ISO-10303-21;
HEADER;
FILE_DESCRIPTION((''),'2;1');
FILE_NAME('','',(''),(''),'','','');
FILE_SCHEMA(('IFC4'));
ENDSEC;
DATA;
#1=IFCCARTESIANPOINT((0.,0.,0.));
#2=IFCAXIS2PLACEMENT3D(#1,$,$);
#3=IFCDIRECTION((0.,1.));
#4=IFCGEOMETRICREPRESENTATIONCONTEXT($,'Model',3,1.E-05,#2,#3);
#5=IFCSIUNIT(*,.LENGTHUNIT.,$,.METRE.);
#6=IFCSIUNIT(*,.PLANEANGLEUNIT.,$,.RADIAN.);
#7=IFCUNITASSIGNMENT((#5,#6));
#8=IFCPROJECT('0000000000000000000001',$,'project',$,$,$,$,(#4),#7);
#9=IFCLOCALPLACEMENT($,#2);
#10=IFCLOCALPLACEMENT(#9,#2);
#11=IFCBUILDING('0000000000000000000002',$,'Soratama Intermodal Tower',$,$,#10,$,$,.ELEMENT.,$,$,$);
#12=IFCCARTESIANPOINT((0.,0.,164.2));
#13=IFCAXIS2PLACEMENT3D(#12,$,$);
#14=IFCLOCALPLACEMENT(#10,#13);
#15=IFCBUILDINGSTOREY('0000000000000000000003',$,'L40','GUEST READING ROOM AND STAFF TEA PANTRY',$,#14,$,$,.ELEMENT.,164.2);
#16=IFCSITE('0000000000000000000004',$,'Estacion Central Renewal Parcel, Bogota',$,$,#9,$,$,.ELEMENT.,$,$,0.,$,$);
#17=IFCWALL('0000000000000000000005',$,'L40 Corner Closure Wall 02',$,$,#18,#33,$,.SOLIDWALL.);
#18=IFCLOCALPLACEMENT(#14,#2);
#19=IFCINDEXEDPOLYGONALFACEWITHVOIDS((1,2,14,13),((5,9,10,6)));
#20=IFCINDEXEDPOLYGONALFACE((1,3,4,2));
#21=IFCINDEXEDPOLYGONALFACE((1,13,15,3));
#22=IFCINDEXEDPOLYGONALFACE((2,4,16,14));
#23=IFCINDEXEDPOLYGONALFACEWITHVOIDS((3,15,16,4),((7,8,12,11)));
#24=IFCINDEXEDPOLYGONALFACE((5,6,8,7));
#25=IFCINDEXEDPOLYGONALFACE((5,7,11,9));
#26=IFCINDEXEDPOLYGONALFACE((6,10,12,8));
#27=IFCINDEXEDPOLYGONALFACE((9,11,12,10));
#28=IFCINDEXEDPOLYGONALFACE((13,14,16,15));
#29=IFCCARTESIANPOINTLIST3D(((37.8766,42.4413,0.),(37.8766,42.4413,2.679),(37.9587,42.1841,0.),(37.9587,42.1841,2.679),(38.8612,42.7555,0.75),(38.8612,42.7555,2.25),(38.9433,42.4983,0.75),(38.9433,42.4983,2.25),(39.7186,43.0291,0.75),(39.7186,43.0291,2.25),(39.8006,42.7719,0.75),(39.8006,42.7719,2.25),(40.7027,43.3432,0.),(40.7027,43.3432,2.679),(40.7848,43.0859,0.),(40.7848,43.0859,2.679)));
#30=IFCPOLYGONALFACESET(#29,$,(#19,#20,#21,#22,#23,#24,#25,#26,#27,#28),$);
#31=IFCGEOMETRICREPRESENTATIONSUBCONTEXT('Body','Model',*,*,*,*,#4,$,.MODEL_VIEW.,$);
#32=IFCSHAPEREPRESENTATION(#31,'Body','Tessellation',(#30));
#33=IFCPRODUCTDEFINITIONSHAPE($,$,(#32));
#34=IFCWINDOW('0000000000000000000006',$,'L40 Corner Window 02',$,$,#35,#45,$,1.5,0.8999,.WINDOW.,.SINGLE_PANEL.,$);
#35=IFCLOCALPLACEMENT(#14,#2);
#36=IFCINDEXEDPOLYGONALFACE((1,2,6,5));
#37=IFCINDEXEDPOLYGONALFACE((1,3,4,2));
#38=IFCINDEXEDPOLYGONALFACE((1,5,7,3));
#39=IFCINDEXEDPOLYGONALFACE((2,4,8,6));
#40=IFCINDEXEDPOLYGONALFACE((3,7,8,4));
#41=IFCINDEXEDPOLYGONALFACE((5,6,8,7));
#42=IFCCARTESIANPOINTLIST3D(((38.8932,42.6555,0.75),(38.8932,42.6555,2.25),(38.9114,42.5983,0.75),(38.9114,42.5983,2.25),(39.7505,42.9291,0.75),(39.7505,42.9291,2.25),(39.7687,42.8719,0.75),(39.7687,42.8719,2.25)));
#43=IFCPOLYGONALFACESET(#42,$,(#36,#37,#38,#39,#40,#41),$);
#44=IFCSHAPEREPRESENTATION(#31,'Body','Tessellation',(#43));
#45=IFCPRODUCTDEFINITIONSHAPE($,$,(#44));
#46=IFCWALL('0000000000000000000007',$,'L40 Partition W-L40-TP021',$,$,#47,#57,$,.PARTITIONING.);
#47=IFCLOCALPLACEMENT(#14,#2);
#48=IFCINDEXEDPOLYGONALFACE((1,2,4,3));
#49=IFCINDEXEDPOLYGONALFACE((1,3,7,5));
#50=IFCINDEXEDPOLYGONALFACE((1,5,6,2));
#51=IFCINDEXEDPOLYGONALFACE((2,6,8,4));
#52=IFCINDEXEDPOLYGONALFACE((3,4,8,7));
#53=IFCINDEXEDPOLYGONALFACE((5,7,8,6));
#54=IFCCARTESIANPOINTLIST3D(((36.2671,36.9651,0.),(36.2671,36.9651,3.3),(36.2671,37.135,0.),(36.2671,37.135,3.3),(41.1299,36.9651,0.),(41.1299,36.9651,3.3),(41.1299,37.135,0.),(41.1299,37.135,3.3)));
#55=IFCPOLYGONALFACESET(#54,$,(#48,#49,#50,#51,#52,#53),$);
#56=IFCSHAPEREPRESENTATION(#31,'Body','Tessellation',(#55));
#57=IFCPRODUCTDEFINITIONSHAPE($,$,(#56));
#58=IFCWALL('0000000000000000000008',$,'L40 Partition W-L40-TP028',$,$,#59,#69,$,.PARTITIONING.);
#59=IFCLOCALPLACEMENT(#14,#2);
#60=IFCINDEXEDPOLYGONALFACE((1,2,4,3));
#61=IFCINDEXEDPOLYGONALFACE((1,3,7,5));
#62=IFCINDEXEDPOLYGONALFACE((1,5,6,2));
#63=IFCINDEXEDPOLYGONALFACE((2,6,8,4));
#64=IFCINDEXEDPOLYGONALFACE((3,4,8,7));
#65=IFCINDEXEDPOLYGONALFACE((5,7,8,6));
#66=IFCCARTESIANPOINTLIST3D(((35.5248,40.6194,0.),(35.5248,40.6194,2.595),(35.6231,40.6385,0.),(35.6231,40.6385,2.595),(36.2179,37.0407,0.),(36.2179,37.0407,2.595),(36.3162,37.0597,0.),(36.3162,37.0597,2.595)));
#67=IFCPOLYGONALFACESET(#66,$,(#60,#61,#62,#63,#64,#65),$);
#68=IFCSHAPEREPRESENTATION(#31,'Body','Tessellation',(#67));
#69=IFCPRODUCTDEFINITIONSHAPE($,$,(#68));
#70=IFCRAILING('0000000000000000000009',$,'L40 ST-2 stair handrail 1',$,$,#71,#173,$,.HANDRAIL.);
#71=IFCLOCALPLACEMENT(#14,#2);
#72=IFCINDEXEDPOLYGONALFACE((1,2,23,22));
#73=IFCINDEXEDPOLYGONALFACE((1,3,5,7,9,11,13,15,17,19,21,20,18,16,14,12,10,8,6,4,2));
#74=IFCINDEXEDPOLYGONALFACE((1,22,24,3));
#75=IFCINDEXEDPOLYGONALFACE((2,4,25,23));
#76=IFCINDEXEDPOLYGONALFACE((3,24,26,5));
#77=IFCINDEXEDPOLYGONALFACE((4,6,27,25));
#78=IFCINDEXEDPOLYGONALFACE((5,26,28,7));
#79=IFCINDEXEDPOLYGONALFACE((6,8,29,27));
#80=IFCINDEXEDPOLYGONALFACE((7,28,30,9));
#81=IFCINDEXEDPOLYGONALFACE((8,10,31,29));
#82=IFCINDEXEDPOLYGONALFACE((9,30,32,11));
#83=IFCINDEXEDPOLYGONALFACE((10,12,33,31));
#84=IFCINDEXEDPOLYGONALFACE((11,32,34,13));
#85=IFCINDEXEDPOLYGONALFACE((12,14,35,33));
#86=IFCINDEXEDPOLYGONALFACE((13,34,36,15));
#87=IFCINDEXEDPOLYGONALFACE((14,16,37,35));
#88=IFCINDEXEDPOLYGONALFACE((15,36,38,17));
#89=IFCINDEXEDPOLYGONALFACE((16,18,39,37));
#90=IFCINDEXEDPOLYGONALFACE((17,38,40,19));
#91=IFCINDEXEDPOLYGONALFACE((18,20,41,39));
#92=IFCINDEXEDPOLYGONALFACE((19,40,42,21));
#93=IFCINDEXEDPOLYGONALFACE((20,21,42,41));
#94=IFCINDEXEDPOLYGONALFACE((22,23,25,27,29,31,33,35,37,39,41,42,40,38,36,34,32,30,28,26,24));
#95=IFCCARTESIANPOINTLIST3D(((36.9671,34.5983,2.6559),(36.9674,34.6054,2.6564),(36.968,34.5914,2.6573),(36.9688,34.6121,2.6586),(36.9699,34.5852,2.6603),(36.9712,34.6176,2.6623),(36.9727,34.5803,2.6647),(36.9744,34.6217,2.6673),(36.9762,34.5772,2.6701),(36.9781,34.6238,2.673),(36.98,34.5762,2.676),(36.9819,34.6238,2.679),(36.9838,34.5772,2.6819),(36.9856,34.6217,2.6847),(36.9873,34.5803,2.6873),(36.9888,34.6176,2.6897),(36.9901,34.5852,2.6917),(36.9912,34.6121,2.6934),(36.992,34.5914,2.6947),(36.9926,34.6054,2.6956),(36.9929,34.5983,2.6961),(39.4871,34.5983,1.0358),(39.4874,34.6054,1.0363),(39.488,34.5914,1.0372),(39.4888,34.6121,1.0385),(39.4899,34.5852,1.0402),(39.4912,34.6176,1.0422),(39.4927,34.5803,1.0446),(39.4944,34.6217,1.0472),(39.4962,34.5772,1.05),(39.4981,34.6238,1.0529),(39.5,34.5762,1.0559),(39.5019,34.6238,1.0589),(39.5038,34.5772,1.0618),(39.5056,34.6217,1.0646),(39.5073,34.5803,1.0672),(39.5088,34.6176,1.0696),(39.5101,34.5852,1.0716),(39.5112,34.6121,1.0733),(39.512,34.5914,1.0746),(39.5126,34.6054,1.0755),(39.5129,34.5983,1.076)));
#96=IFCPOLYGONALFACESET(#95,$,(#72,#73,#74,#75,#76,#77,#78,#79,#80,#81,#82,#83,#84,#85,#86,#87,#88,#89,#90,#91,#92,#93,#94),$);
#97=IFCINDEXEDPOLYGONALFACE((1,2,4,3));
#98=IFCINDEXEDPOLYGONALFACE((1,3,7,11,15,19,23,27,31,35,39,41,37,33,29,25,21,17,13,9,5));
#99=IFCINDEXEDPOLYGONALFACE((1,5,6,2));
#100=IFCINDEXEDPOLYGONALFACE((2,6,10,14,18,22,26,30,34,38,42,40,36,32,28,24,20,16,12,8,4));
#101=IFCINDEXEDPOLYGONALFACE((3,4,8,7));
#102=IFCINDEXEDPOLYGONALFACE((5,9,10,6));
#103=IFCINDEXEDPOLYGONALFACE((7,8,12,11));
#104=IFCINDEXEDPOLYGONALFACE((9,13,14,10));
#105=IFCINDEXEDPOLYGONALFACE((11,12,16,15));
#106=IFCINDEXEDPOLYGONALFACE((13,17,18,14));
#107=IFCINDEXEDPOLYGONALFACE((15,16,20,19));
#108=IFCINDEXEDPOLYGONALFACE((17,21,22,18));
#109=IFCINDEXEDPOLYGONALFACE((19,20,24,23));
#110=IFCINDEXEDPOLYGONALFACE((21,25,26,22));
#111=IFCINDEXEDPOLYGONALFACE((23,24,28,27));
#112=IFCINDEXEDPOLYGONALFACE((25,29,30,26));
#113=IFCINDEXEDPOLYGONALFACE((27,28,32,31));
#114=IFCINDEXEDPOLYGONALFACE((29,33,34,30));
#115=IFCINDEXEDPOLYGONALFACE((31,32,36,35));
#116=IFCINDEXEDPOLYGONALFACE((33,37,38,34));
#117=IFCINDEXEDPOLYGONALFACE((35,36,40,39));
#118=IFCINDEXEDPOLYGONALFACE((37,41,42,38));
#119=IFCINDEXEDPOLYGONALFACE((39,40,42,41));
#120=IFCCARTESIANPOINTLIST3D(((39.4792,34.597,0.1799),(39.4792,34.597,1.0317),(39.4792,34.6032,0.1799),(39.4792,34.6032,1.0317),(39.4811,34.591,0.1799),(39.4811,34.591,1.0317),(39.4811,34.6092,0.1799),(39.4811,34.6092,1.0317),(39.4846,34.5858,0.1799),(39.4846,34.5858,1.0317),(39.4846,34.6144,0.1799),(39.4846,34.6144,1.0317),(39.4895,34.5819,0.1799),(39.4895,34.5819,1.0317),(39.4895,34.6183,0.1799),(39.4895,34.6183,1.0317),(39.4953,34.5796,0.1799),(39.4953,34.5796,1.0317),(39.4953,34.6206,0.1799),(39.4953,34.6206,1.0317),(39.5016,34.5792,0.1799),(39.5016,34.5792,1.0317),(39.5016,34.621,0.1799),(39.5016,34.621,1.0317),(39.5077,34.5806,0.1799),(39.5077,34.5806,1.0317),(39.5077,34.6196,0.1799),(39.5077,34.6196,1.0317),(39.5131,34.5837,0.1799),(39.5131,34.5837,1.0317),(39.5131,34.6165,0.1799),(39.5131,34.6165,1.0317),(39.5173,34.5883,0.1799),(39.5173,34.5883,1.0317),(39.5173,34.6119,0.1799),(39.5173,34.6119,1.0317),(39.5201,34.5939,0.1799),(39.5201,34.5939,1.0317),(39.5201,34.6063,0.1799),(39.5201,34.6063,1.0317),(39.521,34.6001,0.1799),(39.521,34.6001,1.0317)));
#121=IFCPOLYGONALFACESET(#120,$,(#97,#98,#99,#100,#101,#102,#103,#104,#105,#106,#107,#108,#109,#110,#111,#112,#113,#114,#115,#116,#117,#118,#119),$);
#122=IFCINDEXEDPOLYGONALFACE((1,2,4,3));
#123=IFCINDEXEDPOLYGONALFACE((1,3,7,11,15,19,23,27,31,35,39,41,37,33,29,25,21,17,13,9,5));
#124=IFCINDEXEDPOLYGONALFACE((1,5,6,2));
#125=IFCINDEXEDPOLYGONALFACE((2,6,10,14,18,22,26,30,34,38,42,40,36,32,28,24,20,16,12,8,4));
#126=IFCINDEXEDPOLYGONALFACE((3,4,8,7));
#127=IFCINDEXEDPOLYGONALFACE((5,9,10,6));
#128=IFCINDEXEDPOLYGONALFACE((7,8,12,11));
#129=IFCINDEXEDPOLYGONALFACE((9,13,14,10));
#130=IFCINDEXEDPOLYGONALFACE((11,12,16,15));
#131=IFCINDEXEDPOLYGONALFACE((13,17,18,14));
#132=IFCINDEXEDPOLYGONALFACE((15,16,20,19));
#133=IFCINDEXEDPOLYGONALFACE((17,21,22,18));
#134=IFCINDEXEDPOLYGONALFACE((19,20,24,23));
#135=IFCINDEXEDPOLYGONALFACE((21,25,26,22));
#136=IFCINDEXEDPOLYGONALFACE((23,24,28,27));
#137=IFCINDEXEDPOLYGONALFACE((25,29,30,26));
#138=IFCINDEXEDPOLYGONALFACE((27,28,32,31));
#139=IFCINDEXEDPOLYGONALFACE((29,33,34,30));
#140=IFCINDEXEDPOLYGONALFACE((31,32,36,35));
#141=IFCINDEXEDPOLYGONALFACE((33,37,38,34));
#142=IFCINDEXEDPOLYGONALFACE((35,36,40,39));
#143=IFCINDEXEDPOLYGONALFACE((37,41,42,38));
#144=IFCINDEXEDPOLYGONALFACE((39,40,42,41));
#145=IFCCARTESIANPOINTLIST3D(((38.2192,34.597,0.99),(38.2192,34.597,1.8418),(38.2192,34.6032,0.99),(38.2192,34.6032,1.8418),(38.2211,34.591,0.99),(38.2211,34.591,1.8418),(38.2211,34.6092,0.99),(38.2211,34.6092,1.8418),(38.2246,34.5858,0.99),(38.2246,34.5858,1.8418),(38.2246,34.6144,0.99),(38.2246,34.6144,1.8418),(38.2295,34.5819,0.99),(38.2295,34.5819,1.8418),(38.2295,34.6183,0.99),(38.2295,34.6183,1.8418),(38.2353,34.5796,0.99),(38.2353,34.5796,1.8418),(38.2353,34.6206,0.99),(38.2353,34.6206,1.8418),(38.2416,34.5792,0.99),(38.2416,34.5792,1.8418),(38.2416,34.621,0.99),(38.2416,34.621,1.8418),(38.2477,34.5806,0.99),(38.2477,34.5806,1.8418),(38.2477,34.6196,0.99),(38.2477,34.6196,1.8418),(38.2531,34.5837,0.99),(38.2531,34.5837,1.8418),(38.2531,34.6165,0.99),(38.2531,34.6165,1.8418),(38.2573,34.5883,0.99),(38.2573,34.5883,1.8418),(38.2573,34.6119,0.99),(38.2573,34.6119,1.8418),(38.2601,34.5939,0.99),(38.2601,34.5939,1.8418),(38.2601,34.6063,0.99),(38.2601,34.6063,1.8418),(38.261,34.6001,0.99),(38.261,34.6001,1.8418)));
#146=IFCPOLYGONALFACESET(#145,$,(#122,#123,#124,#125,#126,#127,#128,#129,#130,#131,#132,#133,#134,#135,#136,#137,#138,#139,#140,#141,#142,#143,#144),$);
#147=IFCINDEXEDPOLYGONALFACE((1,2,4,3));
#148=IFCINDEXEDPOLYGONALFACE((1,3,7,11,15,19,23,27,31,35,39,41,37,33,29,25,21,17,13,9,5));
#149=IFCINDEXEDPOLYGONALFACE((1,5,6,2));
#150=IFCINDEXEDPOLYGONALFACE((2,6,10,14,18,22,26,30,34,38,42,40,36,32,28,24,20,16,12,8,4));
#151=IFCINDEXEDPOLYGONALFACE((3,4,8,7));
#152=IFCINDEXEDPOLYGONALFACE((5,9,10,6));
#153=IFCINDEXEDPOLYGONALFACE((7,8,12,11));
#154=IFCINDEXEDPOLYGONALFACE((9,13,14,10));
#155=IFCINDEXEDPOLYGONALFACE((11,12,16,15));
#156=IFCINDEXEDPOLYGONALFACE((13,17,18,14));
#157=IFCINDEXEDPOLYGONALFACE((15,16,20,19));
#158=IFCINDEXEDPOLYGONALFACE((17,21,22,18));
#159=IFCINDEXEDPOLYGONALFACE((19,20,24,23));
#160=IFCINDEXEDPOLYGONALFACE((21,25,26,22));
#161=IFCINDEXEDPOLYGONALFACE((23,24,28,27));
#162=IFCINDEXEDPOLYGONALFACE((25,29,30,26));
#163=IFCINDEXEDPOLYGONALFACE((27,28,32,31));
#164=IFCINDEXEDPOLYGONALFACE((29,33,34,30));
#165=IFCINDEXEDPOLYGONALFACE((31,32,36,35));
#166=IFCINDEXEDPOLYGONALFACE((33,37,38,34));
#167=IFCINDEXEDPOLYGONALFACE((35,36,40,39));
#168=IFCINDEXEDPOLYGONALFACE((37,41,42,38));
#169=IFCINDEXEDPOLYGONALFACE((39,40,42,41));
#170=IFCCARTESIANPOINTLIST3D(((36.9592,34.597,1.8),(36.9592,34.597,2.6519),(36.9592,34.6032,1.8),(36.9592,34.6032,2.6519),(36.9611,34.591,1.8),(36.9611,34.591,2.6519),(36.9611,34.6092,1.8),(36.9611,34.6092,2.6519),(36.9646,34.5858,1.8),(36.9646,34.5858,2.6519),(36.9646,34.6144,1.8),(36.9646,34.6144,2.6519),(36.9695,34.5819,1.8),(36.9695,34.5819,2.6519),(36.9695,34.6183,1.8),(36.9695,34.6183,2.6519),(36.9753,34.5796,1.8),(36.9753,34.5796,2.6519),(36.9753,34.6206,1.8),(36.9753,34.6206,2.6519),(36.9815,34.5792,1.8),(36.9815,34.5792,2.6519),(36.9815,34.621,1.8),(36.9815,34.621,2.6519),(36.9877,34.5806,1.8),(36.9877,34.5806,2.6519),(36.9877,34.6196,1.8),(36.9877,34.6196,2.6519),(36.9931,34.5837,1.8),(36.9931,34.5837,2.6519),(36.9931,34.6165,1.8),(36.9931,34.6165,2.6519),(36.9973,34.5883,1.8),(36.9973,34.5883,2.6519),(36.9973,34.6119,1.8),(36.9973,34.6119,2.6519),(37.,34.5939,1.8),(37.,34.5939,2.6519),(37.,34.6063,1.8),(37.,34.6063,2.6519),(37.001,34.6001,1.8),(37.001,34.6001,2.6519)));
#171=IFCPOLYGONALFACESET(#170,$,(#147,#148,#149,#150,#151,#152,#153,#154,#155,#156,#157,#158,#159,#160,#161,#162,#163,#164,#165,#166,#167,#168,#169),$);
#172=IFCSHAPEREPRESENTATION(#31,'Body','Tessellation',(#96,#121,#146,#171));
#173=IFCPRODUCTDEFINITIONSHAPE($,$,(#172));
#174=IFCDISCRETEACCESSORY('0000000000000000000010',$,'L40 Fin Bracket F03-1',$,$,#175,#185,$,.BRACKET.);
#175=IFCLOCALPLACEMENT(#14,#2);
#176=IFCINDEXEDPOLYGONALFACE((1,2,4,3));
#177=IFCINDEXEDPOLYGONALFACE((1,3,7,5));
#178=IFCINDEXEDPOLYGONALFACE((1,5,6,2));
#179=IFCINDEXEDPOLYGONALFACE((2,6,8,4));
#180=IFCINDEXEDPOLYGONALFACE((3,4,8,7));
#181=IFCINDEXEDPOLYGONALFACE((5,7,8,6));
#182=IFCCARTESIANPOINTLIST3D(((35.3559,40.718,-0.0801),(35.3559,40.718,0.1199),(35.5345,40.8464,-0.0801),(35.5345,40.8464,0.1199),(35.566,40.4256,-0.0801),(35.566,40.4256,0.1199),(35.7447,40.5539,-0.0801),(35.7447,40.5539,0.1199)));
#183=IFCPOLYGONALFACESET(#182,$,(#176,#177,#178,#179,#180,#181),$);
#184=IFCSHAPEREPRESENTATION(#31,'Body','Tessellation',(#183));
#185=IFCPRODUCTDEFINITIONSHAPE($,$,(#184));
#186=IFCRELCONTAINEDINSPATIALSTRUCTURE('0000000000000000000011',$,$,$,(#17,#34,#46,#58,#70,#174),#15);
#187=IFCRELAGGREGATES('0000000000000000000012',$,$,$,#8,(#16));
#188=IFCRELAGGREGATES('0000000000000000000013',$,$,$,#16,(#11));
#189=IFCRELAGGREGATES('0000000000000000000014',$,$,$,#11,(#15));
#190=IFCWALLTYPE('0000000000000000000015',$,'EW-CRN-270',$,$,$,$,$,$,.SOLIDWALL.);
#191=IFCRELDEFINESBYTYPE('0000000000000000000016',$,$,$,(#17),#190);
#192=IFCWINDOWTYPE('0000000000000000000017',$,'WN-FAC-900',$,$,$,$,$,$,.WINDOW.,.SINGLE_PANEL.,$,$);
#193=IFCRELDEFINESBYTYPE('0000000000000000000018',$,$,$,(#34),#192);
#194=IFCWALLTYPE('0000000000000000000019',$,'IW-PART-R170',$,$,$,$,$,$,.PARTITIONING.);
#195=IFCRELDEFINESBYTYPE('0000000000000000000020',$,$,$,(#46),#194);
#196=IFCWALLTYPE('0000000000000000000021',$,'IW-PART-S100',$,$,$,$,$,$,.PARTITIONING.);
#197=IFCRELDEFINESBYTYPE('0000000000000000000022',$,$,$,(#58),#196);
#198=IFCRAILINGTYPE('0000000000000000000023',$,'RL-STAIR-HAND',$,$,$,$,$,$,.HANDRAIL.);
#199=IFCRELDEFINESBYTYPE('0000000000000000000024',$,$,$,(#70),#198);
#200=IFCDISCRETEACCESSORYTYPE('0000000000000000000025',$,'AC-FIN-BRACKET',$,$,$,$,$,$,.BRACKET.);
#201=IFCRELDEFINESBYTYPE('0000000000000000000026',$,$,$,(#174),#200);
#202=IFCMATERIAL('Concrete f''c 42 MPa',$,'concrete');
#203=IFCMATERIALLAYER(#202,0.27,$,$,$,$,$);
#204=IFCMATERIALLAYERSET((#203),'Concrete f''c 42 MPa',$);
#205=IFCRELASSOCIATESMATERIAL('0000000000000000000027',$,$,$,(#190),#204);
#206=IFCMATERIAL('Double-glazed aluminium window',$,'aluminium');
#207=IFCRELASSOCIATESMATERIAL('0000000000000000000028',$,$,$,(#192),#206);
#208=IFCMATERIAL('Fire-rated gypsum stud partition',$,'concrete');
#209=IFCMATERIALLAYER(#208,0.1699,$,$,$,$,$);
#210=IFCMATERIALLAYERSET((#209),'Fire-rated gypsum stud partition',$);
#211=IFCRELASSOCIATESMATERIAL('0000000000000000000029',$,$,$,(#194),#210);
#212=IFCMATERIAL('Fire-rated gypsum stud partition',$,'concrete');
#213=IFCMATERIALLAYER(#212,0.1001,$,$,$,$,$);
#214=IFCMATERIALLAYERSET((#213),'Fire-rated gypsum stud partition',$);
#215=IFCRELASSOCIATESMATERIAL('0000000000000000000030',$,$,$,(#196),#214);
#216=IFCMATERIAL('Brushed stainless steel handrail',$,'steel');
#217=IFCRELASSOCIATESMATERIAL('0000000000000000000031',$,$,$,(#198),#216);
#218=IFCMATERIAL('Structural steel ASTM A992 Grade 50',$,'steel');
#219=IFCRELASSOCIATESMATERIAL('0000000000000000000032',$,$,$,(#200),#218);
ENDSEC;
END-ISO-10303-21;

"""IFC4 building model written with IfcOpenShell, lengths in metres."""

from ifc_helpers import new_model, si_unit, direction, frame, frame_2d, origin, origin_2d, place, context, subcontext, project, spatial, rectangle, circle, extrude, material, layer, layer_set, type_object, element, fill, save


model = new_model("IFC4")

# Units and contexts
model_context = context("Model", 3, precision=1e-05, world=origin(), true_north=direction((0.0, 1.0)))
body_context = subcontext(model_context, "Body", "Model", "MODEL_VIEW")
ifc_project = project(units=[si_unit("LENGTHUNIT", "METRE"), si_unit("PLANEANGLEUNIT", "RADIAN")], contexts=[model_context])

# Site, building, storey
site_placement = place(None, origin())
site = spatial("IfcSite", under=ifc_project, at=site_placement, Name="Estacion Central Renewal Parcel, Bogota", CompositionType="ELEMENT", RefElevation=0.0)
building_placement = place(site_placement, origin())
building = spatial("IfcBuilding", under=site, at=building_placement, Name="Soratama Intermodal Tower", CompositionType="ELEMENT")
storey_placement = place(building_placement, frame((0.0, 0.0, 164.2)))
storey = spatial("IfcBuildingStorey", under=building, at=storey_placement, Name="L40", Description="GUEST READING ROOM AND STAFF TEA PANTRY", CompositionType="ELEMENT", Elevation=164.2)

# Wall, opening, window
ifc_material_1 = material(Name="Concrete f'c 42 MPa", Category="concrete")
ifc_layer_1 = layer(ifc_material_1, 0.27)
ifc_layer_set_1 = layer_set([ifc_layer_1], Name="Concrete f'c 42 MPa")
wall_type_1 = type_object("IfcWallType", Name="EW-CRN-270", PredefinedType="SOLIDWALL", material=ifc_layer_set_1)
wall_1_placement = place(storey_placement, frame((40.7439, 43.2146, 0.0), z_axis=(0.0, 0.0, 1.0), x_axis=(-0.95267, -0.304005, 0.0)))
wall_1 = element("IfcWall", 1, at=wall_1_placement, inside=storey, type_object=wall_type_1, Name="L40 Corner Closure Wall 02", PredefinedType="SOLIDWALL", context=body_context, shape_type="SweptSolid", body=[
    extrude(rectangle(XDim=2.9666, YDim=0.27, at=frame_2d((1.4834, 0.0))), origin(), (0.0, 0.0, 1.0), 2.679),
])
opening_placement = place(wall_1_placement, frame((1.0332, 0.0, 0.75)))
opening = element("IfcOpeningElement", 2, at=opening_placement, cuts=wall_1, PredefinedType="OPENING", context=body_context, shape_type="SweptSolid", body=[
    extrude(rectangle(XDim=0.8999, YDim=1.5, at=frame_2d((0.45, 0.75))), frame((0.0, 0.145, 0.0), z_axis=(0.0, -1.0, 0.0), x_axis=(1.0, 0.0, 0.0)), (0.0, 0.0, 1.0), 0.29),
])
ifc_material_2 = material(Name="Double-glazed aluminium window", Category="aluminium")
window_type = type_object("IfcWindowType", Name="WN-FAC-900", PartitioningType="SINGLE_PANEL", PredefinedType="WINDOW", material=ifc_material_2)
window_placement = place(opening_placement, origin())
window = element("IfcWindow", 3, at=window_placement, inside=storey, type_object=window_type, Name="L40 Corner Window 02", OverallHeight=1.5, OverallWidth=0.8999, PartitioningType="SINGLE_PANEL", PredefinedType="WINDOW", context=body_context, shape_type="SweptSolid", body=[
    extrude(rectangle(XDim=0.8999, YDim=1.5, at=frame_2d((0.45, 0.75))), frame((0.0, 0.03, 0.0), z_axis=(0.0, -1.0, 0.0), x_axis=(1.0, 0.0, 0.0)), (0.0, 0.0, 1.0), 0.0601),
])
fill(opening, window)

# Walls
ifc_material_3 = material(Name="Fire-rated gypsum stud partition", Category="concrete")
ifc_layer_2 = layer(ifc_material_3, 0.1699)
ifc_layer_set_2 = layer_set([ifc_layer_2], Name="Fire-rated gypsum stud partition")
wall_type_2 = type_object("IfcWallType", Name="IW-PART-R170", PredefinedType="PARTITIONING", material=ifc_layer_set_2)
wall_2_placement = place(storey_placement, frame((36.2671, 37.05, 0.0), z_axis=(0.0, 0.0, 1.0), x_axis=(1.0, 0.0, 0.0)))
element("IfcWall", 4, at=wall_2_placement, inside=storey, type_object=wall_type_2, Name="L40 Partition W-L40-TP021", PredefinedType="PARTITIONING", context=body_context, shape_type="SweptSolid", body=[
    extrude(rectangle(XDim=4.8628, YDim=0.1699, at=frame_2d((2.4314, 0.0))), origin(), (0.0, 0.0, 1.0), 3.3),
])
ifc_material_4 = material(Name="Fire-rated gypsum stud partition", Category="concrete")
ifc_layer_3 = layer(ifc_material_4, 0.1001)
ifc_layer_set_3 = layer_set([ifc_layer_3], Name="Fire-rated gypsum stud partition")
wall_type_3 = type_object("IfcWallType", Name="IW-PART-S100", PredefinedType="PARTITIONING", material=ifc_layer_set_3)
wall_3_placement = place(storey_placement, frame((36.2671, 37.05, 0.0), z_axis=(0.0, 0.0, 1.0), x_axis=(-0.190136, 0.981758, 0.0)))
element("IfcWall", 5, at=wall_3_placement, inside=storey, type_object=wall_type_3, Name="L40 Partition W-L40-TP028", PredefinedType="PARTITIONING", context=body_context, shape_type="SweptSolid", body=[
    extrude(rectangle(XDim=3.6453, YDim=0.1001, at=frame_2d((1.8228, 0.0))), origin(), (0.0, 0.0, 1.0), 2.595),
])

# Railing
ifc_material_5 = material(Name="Brushed stainless steel handrail", Category="steel")
railing_type = type_object("IfcRailingType", Name="RL-STAIR-HAND", PredefinedType="HANDRAIL", material=ifc_material_5)
railing_placement = place(storey_placement, frame((39.5, 34.6001, 0.1799)))
element("IfcRailing", 6, at=railing_placement, inside=storey, type_object=railing_type, Name="L40 ST-2 stair handrail 1", PredefinedType="HANDRAIL", context=body_context, shape_type="SweptSolid", body=[
    extrude(circle(Radius=0.0239, at=origin_2d()), frame((0.0, 0.0, 0.876), z_axis=(-0.841163, 0.0, 0.540782), x_axis=(0.0, -1.0, 0.0)), (0.0, 0.0, 1.0), 2.9958),
    extrude(circle(Radius=0.021, at=origin_2d()), origin(), (0.0, 0.0, 1.0), 0.8518),
    extrude(circle(Radius=0.021, at=origin_2d()), frame((-1.26, 0.0, 0.8101)), (0.0, 0.0, 1.0), 0.8518),
    extrude(circle(Radius=0.021, at=origin_2d()), frame((-2.52, 0.0, 1.6201)), (0.0, 0.0, 1.0), 0.8518),
])

# Discrete accessory
ifc_material_6 = material(Name="Structural steel ASTM A992 Grade 50", Category="steel")
discrete_accessory_type = type_object("IfcDiscreteAccessoryType", Name="AC-FIN-BRACKET", PredefinedType="BRACKET", material=ifc_material_6)
discrete_accessory_placement = place(storey_placement, frame((35.5503, 40.636, -0.0801), z_axis=(0.0, 0.0, 1.0), x_axis=(-0.583541, 0.812084, 0.0)))
element("IfcDiscreteAccessory", 7, at=discrete_accessory_placement, inside=storey, type_object=discrete_accessory_type, Name="L40 Fin Bracket F03-1", PredefinedType="BRACKET", context=body_context, shape_type="SweptSolid", body=[
    extrude(rectangle(XDim=0.3601, YDim=0.22, at=origin_2d()), origin(), (0.0, 0.0, 1.0), 0.2),
])

save(model, "model.ifc")
